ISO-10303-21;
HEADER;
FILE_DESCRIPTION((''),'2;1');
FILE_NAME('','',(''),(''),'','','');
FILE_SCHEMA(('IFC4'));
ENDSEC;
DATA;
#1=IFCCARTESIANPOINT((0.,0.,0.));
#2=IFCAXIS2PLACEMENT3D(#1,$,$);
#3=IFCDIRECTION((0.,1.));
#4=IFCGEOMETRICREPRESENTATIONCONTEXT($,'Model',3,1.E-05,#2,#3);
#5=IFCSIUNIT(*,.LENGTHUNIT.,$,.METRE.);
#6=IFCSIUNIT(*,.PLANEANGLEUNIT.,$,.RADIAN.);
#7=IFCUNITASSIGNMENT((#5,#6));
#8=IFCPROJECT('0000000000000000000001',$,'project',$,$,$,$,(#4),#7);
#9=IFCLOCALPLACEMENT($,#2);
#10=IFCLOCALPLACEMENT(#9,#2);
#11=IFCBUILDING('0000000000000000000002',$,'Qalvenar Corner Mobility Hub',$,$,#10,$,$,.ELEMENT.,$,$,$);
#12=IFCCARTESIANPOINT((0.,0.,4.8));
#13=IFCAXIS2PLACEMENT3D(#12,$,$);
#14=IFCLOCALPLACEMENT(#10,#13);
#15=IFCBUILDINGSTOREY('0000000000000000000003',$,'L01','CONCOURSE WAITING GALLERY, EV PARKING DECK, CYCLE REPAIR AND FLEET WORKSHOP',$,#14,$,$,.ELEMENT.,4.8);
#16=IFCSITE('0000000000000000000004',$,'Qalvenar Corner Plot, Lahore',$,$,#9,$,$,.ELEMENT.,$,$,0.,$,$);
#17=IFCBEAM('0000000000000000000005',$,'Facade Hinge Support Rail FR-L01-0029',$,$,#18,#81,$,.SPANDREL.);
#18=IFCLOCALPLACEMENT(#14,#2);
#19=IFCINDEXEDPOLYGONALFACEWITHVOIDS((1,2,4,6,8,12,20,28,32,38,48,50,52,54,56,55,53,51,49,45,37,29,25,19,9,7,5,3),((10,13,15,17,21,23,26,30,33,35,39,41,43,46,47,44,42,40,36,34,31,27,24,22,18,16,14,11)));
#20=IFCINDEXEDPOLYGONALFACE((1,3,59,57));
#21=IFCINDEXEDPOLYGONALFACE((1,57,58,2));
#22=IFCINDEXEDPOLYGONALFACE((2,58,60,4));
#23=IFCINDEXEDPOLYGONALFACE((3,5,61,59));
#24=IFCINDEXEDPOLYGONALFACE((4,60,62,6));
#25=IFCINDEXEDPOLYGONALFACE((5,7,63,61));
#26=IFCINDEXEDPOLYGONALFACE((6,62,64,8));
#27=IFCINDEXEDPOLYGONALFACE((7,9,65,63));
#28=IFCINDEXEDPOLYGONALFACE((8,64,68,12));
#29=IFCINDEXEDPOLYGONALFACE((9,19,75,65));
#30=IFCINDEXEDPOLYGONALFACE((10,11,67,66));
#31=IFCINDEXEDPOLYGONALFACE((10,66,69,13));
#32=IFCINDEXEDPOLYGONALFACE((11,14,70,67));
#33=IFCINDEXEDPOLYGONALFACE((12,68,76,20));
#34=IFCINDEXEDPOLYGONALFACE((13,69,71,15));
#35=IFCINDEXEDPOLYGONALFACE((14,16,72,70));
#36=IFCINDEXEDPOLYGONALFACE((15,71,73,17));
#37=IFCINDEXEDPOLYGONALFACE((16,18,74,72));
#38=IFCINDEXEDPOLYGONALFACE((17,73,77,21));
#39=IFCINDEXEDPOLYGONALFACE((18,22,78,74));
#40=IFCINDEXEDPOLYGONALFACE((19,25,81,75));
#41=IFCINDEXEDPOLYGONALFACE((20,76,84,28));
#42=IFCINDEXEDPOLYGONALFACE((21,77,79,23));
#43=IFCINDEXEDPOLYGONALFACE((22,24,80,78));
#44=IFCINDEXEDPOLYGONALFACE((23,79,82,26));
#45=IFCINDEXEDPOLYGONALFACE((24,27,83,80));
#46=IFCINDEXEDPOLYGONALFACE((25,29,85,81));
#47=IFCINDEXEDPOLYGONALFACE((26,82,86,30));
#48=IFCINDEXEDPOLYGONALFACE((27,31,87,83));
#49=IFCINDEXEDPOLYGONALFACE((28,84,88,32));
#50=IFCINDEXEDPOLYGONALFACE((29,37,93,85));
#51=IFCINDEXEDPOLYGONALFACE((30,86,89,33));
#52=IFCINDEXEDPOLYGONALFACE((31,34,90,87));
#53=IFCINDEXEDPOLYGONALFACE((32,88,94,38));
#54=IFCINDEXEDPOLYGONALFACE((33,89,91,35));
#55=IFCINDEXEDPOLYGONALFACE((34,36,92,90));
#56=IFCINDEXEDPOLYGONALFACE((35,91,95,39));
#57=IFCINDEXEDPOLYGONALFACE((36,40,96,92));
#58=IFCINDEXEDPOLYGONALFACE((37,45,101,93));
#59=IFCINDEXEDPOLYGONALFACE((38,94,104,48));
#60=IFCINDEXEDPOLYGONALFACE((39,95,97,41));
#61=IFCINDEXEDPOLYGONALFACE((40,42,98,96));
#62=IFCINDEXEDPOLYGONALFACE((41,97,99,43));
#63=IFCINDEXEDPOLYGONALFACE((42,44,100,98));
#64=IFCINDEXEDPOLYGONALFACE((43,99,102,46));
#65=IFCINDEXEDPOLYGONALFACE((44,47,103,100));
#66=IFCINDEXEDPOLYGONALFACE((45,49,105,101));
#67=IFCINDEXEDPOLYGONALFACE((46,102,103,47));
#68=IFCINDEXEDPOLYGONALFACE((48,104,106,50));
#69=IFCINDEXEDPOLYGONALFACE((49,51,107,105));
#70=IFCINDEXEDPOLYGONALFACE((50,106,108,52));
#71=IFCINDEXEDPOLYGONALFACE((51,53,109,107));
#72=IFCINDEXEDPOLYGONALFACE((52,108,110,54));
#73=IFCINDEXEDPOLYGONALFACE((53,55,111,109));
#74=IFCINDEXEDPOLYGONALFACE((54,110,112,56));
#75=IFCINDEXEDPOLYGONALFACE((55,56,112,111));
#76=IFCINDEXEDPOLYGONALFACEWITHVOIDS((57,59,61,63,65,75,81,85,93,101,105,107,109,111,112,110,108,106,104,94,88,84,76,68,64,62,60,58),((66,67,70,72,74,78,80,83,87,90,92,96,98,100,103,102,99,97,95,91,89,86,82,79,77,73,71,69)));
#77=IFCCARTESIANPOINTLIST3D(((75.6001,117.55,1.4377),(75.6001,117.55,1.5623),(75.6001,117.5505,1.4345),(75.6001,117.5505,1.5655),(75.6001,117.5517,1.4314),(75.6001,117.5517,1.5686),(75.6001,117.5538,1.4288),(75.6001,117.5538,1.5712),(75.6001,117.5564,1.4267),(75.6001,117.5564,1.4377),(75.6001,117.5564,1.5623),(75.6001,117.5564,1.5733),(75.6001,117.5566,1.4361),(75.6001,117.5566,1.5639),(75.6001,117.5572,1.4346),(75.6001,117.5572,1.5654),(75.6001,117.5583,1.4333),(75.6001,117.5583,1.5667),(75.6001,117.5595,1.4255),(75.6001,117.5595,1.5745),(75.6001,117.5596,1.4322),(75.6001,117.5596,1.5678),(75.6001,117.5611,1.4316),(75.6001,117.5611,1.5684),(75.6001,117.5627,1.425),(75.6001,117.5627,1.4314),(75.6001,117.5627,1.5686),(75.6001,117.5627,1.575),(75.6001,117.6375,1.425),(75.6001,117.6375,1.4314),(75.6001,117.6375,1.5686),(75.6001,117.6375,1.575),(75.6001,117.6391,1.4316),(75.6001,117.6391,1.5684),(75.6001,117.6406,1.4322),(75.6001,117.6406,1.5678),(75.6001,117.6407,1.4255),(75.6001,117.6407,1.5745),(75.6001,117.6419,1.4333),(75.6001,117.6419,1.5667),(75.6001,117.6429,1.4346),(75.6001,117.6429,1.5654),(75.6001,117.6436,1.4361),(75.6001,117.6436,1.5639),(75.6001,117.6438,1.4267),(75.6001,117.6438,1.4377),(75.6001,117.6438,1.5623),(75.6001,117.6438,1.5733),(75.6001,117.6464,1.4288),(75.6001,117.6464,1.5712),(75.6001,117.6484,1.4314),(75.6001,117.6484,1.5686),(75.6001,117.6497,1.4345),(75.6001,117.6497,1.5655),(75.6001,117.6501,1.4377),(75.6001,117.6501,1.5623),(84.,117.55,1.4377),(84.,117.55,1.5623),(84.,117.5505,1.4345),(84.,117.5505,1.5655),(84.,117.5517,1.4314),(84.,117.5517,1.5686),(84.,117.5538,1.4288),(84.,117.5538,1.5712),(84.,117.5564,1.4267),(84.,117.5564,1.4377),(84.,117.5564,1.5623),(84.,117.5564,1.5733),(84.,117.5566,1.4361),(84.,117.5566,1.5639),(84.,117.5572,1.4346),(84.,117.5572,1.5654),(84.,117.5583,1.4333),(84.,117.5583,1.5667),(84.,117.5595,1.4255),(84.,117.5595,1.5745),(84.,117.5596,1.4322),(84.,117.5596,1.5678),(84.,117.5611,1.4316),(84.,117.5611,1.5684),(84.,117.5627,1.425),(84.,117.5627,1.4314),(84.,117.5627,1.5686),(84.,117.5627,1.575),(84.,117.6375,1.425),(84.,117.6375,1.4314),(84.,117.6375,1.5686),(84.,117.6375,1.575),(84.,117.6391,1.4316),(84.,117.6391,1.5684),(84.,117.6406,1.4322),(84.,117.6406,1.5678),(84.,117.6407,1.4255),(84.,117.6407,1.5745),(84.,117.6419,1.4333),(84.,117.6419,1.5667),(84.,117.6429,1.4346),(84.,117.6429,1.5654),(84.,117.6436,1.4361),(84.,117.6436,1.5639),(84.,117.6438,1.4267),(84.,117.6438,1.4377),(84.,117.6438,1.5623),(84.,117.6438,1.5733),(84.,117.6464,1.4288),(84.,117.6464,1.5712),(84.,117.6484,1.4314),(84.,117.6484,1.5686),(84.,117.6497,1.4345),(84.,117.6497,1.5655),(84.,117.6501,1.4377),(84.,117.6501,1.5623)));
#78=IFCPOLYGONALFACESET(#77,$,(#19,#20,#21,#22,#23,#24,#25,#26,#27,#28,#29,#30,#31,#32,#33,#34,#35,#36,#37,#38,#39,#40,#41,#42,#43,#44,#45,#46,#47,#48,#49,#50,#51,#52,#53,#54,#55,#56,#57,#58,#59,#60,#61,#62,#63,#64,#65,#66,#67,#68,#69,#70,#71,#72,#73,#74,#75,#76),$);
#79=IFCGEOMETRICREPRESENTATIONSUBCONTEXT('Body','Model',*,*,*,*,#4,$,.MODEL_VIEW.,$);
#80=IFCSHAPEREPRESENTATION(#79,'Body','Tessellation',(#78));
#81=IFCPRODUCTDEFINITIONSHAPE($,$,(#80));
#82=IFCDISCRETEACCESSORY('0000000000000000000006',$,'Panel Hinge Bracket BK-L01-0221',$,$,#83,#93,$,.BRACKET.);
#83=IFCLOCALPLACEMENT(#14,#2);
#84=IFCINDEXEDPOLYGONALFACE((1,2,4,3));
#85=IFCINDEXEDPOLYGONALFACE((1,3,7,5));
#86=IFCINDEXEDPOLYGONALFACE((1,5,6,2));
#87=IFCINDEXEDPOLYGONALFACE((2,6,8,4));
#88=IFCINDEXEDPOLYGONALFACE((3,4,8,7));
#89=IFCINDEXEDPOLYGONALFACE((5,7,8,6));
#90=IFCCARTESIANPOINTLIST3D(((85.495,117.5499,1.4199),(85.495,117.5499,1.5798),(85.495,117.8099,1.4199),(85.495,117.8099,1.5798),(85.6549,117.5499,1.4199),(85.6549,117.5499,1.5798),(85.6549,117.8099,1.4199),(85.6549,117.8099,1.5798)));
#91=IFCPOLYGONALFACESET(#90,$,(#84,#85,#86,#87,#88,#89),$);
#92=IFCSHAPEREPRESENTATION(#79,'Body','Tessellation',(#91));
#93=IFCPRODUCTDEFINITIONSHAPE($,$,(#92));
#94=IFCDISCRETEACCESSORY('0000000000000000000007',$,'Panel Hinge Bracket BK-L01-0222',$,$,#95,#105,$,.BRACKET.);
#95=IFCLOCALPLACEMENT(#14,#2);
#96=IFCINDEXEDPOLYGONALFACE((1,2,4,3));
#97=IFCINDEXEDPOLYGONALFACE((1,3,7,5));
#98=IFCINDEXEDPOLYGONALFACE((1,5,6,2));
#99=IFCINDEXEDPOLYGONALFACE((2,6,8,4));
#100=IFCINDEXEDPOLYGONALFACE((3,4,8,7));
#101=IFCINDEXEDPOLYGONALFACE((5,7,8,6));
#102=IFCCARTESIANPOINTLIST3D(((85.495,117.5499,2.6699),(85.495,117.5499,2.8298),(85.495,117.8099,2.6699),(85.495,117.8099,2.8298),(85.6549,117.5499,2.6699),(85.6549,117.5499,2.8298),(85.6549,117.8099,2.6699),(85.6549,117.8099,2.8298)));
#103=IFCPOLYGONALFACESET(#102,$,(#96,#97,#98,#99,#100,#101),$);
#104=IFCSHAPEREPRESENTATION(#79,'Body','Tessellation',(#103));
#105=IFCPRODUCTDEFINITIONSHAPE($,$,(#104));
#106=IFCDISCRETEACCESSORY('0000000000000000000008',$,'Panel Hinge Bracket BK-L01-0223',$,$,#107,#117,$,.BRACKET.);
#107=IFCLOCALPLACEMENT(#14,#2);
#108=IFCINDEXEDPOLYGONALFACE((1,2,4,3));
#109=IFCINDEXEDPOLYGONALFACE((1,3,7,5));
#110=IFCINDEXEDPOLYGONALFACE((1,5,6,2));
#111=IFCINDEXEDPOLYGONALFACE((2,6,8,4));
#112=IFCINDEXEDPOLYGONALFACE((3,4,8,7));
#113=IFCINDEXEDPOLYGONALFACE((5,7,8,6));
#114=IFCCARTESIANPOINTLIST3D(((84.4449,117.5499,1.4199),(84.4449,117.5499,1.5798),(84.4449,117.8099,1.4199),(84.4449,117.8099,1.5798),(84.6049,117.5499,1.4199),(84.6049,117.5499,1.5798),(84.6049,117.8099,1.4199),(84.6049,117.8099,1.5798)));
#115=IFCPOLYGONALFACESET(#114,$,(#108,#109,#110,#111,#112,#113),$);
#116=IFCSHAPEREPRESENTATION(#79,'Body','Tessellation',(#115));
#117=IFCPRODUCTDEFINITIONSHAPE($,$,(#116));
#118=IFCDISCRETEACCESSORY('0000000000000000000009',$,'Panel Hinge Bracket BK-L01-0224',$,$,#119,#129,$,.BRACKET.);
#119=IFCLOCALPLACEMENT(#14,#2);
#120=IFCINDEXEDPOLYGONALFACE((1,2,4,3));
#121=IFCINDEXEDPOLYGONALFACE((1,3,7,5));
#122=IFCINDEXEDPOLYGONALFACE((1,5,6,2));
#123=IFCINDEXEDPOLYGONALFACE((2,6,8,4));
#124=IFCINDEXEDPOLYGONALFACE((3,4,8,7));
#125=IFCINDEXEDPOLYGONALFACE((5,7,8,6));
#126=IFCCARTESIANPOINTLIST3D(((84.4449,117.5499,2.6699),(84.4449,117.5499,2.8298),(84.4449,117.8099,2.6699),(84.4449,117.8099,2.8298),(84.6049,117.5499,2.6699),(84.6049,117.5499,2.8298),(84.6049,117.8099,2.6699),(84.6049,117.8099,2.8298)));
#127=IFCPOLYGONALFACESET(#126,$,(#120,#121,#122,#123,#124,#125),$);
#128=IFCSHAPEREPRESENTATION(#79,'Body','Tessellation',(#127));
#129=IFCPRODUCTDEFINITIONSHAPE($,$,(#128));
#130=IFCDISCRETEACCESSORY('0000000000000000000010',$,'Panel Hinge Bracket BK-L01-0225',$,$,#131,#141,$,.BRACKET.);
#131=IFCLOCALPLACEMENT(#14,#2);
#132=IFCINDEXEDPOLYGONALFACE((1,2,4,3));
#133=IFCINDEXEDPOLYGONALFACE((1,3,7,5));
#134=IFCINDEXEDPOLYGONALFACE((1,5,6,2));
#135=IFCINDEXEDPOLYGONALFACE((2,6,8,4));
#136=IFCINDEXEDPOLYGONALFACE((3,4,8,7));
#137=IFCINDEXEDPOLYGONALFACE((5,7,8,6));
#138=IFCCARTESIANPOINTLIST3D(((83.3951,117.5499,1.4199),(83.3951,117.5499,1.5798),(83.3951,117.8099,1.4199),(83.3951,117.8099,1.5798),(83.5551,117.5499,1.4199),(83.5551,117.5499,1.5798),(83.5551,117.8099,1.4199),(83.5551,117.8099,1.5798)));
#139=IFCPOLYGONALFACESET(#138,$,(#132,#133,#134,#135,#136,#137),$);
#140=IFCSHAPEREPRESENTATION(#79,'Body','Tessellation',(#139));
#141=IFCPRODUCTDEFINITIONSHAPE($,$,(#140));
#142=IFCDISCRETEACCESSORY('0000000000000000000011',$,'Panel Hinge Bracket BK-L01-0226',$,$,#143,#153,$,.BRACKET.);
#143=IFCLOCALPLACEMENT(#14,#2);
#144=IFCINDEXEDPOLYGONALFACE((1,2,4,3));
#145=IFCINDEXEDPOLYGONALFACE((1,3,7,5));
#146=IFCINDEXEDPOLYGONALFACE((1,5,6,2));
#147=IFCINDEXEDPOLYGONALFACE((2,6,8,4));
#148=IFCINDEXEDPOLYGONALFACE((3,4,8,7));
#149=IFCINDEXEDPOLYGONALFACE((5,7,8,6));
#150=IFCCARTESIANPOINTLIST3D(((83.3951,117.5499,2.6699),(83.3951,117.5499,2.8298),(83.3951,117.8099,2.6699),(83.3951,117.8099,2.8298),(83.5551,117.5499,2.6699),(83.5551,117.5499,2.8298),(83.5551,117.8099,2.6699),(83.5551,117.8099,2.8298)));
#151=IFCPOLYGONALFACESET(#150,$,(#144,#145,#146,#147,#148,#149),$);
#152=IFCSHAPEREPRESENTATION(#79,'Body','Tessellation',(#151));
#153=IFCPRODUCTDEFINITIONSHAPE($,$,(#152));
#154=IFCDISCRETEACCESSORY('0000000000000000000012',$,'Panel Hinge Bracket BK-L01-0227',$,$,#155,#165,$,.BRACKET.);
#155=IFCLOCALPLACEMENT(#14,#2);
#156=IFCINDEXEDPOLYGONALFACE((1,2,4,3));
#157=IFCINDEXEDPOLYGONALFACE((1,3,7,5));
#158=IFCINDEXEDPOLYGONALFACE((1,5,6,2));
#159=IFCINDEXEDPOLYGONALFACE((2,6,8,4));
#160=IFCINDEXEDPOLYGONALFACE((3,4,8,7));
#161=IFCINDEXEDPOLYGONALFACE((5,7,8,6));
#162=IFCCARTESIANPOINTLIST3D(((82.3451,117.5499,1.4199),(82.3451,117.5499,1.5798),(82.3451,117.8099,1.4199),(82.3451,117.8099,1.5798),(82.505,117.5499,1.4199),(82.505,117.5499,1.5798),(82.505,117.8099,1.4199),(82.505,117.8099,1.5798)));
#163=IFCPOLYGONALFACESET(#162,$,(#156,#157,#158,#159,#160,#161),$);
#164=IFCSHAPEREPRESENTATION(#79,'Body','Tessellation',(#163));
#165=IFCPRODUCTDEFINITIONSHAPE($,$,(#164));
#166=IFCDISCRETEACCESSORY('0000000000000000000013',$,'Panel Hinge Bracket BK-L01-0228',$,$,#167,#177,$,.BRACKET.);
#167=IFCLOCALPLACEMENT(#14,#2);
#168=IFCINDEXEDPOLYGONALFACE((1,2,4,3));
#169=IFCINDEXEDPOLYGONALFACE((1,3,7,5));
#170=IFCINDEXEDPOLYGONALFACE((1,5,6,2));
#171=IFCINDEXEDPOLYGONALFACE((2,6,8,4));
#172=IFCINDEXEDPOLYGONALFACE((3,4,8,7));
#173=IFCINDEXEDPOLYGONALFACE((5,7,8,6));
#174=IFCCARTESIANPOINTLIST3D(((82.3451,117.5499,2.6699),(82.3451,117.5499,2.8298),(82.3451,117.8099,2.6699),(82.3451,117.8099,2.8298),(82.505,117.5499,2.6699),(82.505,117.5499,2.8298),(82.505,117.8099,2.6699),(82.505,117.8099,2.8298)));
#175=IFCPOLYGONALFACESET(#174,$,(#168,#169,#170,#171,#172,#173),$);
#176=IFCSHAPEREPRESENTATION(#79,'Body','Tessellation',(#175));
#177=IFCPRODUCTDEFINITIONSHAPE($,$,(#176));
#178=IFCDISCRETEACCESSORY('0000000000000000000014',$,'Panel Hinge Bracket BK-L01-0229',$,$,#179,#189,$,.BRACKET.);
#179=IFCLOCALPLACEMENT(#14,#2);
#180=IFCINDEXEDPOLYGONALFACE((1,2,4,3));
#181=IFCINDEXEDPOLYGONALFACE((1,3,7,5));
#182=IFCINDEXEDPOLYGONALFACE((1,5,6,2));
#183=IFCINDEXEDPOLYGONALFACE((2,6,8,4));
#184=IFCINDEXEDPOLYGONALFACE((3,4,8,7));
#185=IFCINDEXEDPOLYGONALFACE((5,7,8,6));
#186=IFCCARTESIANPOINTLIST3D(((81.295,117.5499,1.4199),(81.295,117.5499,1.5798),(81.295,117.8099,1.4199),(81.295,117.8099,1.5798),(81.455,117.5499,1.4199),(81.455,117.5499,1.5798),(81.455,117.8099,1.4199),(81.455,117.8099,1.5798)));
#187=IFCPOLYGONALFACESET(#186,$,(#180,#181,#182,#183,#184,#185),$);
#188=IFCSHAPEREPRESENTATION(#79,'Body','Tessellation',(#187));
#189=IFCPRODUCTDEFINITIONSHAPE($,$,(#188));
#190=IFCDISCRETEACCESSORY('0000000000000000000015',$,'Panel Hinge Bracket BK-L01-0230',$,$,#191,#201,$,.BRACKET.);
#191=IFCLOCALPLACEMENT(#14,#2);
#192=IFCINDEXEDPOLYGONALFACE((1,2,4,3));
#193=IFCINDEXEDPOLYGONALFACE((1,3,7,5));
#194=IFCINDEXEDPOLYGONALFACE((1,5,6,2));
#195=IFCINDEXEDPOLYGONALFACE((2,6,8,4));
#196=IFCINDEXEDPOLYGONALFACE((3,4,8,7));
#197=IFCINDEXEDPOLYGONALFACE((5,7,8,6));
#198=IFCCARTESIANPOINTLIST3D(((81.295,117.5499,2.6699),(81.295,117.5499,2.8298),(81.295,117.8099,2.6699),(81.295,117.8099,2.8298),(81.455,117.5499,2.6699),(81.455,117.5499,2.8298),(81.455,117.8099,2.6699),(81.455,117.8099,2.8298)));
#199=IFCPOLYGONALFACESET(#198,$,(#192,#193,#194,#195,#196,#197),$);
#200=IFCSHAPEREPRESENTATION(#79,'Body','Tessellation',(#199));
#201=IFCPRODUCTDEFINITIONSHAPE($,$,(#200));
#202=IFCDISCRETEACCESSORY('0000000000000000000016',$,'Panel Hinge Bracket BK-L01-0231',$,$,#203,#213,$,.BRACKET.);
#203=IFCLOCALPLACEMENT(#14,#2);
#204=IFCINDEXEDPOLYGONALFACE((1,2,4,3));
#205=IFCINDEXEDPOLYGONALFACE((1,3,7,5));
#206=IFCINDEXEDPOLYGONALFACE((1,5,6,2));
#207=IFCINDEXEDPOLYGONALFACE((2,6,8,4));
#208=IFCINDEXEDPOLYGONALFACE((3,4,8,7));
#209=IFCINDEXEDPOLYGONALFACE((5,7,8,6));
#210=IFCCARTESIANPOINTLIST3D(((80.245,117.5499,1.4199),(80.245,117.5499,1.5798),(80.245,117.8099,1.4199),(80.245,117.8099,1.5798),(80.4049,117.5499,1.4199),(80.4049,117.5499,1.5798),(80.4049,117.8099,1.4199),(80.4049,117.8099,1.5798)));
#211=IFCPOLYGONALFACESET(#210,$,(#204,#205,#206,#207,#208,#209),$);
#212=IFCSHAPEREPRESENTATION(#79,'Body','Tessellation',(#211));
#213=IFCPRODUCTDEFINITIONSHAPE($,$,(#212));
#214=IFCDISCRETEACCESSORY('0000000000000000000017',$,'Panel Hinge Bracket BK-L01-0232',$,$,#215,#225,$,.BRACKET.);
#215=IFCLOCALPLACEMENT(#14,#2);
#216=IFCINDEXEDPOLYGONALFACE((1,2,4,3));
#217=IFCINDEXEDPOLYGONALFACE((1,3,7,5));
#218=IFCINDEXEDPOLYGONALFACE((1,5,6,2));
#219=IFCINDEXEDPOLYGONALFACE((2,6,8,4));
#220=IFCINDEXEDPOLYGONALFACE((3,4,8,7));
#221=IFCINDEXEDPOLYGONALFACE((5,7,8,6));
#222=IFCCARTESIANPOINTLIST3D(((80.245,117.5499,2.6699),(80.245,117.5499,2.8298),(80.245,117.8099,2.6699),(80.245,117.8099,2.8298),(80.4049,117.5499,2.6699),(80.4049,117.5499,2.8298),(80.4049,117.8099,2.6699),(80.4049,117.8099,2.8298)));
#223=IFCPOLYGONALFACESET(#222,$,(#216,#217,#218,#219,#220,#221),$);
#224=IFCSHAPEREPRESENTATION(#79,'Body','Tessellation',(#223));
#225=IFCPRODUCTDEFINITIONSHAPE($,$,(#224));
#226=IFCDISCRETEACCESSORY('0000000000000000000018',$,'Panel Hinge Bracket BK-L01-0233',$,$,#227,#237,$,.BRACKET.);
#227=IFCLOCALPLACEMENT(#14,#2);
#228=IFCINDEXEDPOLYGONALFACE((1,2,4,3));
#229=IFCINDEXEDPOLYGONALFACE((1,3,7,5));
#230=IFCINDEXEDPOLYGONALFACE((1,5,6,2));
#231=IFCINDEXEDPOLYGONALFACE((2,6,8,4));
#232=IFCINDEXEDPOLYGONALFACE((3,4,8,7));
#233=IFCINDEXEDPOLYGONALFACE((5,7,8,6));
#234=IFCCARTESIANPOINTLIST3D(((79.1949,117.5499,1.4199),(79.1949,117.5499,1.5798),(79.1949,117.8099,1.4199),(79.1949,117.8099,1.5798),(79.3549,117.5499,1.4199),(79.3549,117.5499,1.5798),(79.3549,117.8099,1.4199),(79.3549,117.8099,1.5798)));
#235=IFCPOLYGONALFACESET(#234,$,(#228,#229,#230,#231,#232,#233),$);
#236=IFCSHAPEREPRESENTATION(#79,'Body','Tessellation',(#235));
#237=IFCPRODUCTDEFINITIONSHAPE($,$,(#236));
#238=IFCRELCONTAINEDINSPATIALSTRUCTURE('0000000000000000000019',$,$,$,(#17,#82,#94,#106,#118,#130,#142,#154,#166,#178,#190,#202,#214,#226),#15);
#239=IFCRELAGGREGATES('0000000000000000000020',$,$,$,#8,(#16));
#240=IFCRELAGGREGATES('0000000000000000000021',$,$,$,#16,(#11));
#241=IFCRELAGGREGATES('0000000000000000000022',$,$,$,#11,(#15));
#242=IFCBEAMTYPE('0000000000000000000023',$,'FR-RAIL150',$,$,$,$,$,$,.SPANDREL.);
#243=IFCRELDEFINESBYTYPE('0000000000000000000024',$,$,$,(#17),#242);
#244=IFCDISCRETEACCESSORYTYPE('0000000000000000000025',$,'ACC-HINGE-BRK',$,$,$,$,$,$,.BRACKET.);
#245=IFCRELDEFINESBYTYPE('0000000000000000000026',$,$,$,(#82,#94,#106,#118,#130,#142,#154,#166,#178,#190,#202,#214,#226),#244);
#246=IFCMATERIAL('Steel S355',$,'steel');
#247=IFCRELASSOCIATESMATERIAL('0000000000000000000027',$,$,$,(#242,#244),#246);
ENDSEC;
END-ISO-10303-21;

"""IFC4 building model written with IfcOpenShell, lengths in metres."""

from ifc_helpers import new_model, si_unit, direction, frame, origin, origin_2d, place, context, subcontext, project, spatial, rectangle, hollow_rectangle, extrude, material, material_profile, profile_set, type_object, element, save


model = new_model("IFC4")

# Units and contexts
model_context = context("Model", 3, precision=1e-05, world=origin(), true_north=direction((0.0, 1.0)))
body_context = subcontext(model_context, "Body", "Model", "MODEL_VIEW")
ifc_project = project(units=[si_unit("LENGTHUNIT", "METRE"), si_unit("PLANEANGLEUNIT", "RADIAN")], contexts=[model_context])

# Site, building, storey
site_placement = place(None, origin())
site = spatial("IfcSite", under=ifc_project, at=site_placement, Name="Qalvenar Corner Plot, Lahore", CompositionType="ELEMENT", RefElevation=0.0)
building_placement = place(site_placement, origin())
building = spatial("IfcBuilding", under=site, at=building_placement, Name="Qalvenar Corner Mobility Hub", CompositionType="ELEMENT")
storey_placement = place(building_placement, frame((0.0, 0.0, 4.8)))
storey = spatial("IfcBuildingStorey", under=building, at=storey_placement, Name="L01", Description="CONCOURSE WAITING GALLERY, EV PARKING DECK, CYCLE REPAIR AND FLEET WORKSHOP", CompositionType="ELEMENT", Elevation=4.8)

# Shared definitions
ifc_material = material(Name="Steel S355", Category="steel")

# Beam
ifc_material_profile_1 = material_profile(ifc_material, hollow_rectangle(XDim=0.1001, YDim=0.1499, WallThickness=0.0063, InnerFilletRadius=0.0063, OuterFilletRadius=0.0127, at=origin_2d()), Name="RHS150x100x6.3")
ifc_profile_set_1 = profile_set([ifc_material_profile_1], Name="Steel S355")
beam_type_1 = type_object("IfcBeamType", Name="FR-RAIL150", PredefinedType="SPANDREL", material=ifc_profile_set_1)
beam_1_placement = place(storey_placement, frame((84.0, 117.6001, 1.5), z_axis=(-1.0, 0.0, 0.0), x_axis=(0.0, -1.0, 0.0)))
element("IfcBeam", 1, at=beam_1_placement, inside=storey, type_object=beam_type_1, Name="Facade Hinge Support Rail FR-L01-0029", PredefinedType="SPANDREL", context=body_context, shape_type="SweptSolid", body=[
    extrude(hollow_rectangle(XDim=0.1001, YDim=0.1499, WallThickness=0.0063, InnerFilletRadius=0.0063, OuterFilletRadius=0.0127, at=origin_2d()), origin(), (0.0, 0.0, 1.0), 8.3999),
])

# Discrete accessories
discrete_accessory_type = type_object("IfcDiscreteAccessoryType", Name="ACC-HINGE-BRK", PredefinedType="BRACKET", material=ifc_material)
for number, where, z_axis, x_axis, name in (
    (2, (85.575, 117.6799, 1.4199), (0.0, 0.0, 1.0), (-1.0, 0.0, 0.0), "Panel Hinge Bracket BK-L01-0221"),
    (3, (85.575, 117.6799, 2.6699), (0.0, 0.0, 1.0), (-1.0, 0.0, 0.0), "Panel Hinge Bracket BK-L01-0222"),
    (4, (84.5249, 117.6799, 1.4199), (0.0, 0.0, 1.0), (-1.0, 0.0, 0.0), "Panel Hinge Bracket BK-L01-0223"),
    (5, (84.5249, 117.6799, 2.6699), (0.0, 0.0, 1.0), (-1.0, 0.0, 0.0), "Panel Hinge Bracket BK-L01-0224"),
    (6, (83.4751, 117.6799, 1.4199), (0.0, 0.0, 1.0), (-1.0, 0.0, 0.0), "Panel Hinge Bracket BK-L01-0225"),
    (7, (83.4751, 117.6799, 2.6699), (0.0, 0.0, 1.0), (-1.0, 0.0, 0.0), "Panel Hinge Bracket BK-L01-0226"),
    (8, (82.425, 117.6799, 1.4199), (0.0, 0.0, 1.0), (-1.0, 0.0, 0.0), "Panel Hinge Bracket BK-L01-0227"),
    (9, (82.425, 117.6799, 2.6699), (0.0, 0.0, 1.0), (-1.0, 0.0, 0.0), "Panel Hinge Bracket BK-L01-0228"),
    (10, (81.375, 117.6799, 1.4199), (0.0, 0.0, 1.0), (-1.0, 0.0, 0.0), "Panel Hinge Bracket BK-L01-0229"),
    (11, (81.375, 117.6799, 2.6699), (0.0, 0.0, 1.0), (-1.0, 0.0, 0.0), "Panel Hinge Bracket BK-L01-0230"),
    (12, (80.325, 117.6799, 1.4199), (0.0, 0.0, 1.0), (-1.0, 0.0, 0.0), "Panel Hinge Bracket BK-L01-0231"),
    (13, (80.325, 117.6799, 2.6699), (0.0, 0.0, 1.0), (-1.0, 0.0, 0.0), "Panel Hinge Bracket BK-L01-0232"),
    (14, (79.2749, 117.6799, 1.4199), (0.0, 0.0, 1.0), (-1.0, 0.0, 0.0), "Panel Hinge Bracket BK-L01-0233"),
):
    element("IfcDiscreteAccessory", number, at=place(storey_placement, frame(where, z_axis=z_axis, x_axis=x_axis)), inside=storey, type_object=discrete_accessory_type, Name=name, PredefinedType="BRACKET", context=body_context, shape_type="SweptSolid", body=[
        extrude(rectangle(XDim=0.1599, YDim=0.26, at=origin_2d()), origin(), (0.0, 0.0, 1.0), 0.1599),
    ])

save(model, "model.ifc")
